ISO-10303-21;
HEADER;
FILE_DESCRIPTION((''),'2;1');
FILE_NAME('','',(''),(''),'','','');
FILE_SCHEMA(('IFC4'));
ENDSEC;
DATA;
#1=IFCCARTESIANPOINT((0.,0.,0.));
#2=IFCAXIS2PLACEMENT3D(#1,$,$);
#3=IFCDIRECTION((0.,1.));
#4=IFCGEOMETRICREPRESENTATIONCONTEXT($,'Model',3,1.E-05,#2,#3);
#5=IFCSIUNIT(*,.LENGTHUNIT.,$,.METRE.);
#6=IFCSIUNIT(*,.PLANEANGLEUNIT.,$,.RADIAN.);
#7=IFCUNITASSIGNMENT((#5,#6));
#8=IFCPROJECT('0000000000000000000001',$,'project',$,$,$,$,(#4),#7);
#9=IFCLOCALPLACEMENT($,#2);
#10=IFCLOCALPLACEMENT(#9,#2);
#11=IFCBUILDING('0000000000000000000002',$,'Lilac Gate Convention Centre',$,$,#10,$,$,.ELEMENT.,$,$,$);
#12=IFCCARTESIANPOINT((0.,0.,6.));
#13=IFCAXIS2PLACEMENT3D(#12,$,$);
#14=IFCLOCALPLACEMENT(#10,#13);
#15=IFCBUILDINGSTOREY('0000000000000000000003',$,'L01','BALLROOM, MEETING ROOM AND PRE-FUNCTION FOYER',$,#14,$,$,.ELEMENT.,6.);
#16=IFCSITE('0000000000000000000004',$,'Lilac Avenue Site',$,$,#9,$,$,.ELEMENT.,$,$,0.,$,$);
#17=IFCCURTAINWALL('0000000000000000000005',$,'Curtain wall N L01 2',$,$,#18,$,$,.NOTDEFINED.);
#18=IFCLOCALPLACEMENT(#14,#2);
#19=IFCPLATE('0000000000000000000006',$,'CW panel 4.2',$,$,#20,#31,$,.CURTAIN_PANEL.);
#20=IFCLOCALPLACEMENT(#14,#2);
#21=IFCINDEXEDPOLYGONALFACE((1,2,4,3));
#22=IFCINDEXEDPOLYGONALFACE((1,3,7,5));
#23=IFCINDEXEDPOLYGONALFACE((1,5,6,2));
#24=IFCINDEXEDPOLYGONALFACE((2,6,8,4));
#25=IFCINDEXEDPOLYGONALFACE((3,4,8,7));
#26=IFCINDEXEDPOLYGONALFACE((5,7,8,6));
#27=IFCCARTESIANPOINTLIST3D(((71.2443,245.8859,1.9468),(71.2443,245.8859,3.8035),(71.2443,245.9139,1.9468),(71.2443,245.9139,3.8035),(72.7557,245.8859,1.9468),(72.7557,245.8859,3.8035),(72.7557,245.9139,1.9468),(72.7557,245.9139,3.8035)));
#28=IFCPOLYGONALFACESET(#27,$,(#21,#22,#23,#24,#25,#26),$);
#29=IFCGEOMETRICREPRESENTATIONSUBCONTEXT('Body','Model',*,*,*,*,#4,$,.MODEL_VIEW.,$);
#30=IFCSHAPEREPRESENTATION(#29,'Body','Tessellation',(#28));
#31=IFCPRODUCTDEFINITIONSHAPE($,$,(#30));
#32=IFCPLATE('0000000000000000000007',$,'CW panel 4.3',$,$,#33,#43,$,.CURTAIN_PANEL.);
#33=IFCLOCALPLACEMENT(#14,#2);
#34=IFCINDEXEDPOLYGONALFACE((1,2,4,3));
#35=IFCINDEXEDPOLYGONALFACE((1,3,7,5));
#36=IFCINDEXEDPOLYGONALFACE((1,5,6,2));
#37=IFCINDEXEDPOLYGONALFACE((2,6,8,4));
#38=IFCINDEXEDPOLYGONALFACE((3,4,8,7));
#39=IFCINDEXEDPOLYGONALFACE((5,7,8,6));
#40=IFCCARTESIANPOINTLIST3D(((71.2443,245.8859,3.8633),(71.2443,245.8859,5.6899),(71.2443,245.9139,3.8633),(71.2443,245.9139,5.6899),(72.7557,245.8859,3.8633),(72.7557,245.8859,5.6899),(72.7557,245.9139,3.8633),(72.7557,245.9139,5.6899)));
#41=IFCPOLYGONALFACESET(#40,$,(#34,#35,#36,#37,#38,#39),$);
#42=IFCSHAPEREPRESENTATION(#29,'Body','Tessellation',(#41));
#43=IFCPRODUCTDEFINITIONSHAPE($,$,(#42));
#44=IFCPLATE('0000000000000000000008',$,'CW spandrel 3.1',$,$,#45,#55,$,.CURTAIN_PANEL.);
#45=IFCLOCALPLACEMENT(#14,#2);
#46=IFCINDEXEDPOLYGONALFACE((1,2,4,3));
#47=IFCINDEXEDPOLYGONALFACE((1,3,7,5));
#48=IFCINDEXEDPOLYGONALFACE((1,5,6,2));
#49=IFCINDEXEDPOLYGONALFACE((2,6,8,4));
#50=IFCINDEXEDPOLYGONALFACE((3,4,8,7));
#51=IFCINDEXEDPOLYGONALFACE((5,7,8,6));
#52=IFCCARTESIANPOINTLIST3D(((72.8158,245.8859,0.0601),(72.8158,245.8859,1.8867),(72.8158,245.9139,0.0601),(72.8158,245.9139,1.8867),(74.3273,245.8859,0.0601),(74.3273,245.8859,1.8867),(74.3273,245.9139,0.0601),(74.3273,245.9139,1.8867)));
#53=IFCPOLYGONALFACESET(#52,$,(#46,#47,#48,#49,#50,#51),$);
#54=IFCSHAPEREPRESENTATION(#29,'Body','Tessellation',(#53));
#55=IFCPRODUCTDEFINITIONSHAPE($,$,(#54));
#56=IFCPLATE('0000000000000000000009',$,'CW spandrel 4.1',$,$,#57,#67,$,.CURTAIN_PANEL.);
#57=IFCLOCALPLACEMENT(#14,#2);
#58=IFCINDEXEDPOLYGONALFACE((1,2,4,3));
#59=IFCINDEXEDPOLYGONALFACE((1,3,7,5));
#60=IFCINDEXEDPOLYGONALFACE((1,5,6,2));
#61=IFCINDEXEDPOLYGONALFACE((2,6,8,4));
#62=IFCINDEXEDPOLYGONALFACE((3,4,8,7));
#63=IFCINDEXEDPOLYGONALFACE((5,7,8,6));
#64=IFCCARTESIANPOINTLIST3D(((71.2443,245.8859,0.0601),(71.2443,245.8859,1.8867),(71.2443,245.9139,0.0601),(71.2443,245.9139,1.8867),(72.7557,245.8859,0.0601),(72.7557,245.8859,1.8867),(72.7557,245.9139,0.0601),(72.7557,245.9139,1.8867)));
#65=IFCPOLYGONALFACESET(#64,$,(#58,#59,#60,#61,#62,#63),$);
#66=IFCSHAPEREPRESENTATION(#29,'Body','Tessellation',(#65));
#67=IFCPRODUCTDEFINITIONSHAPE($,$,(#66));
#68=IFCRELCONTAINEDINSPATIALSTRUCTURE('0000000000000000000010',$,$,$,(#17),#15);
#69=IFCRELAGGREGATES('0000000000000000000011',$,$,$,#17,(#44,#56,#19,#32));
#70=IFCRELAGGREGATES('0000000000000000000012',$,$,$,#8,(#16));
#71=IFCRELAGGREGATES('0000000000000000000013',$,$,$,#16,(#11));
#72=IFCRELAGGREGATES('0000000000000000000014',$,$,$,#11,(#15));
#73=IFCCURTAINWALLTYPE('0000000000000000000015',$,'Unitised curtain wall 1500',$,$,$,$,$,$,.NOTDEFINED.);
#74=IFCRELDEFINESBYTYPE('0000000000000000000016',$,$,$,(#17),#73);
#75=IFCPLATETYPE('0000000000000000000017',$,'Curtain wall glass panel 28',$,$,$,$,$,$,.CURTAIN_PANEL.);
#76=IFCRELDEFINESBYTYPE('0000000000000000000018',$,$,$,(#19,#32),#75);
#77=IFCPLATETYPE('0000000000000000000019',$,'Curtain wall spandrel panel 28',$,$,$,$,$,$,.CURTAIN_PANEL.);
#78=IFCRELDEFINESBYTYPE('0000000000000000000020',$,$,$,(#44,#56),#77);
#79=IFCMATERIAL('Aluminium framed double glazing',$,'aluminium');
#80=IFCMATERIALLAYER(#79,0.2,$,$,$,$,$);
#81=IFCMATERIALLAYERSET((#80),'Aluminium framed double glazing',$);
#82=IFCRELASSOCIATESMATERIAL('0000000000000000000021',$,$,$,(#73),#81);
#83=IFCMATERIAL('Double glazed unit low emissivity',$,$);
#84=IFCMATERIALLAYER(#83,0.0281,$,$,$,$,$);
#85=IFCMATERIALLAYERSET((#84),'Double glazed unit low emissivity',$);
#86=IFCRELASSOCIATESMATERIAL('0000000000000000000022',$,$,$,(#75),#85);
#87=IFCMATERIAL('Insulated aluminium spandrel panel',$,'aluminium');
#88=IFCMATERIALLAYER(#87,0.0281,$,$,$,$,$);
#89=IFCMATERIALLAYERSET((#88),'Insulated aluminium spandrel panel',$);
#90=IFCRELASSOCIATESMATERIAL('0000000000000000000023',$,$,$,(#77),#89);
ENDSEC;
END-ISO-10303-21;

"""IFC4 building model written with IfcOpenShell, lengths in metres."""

from ifc_helpers import new_model, si_unit, direction, frame, origin, origin_2d, place, context, subcontext, project, spatial, rectangle, extrude, material, layer, layer_set, type_object, element, aggregate, save


model = new_model("IFC4")

# Units and contexts
model_context = context("Model", 3, precision=1e-05, world=origin(), true_north=direction((0.0, 1.0)))
body_context = subcontext(model_context, "Body", "Model", "MODEL_VIEW")
ifc_project = project(units=[si_unit("LENGTHUNIT", "METRE"), si_unit("PLANEANGLEUNIT", "RADIAN")], contexts=[model_context])

# Site, building, storey
site_placement = place(None, origin())
site = spatial("IfcSite", under=ifc_project, at=site_placement, Name="Lilac Avenue Site", CompositionType="ELEMENT", RefElevation=0.0)
building_placement = place(site_placement, origin())
building = spatial("IfcBuilding", under=site, at=building_placement, Name="Lilac Gate Convention Centre", CompositionType="ELEMENT")
storey_placement = place(building_placement, frame((0.0, 0.0, 6.0)))
storey = spatial("IfcBuildingStorey", under=building, at=storey_placement, Name="L01", Description="BALLROOM, MEETING ROOM AND PRE-FUNCTION FOYER", CompositionType="ELEMENT", Elevation=6.0)

# Curtain wall, plates
ifc_material_1 = material(Name="Aluminium framed double glazing", Category="aluminium")
ifc_layer_1 = layer(ifc_material_1, 0.2)
ifc_layer_set_1 = layer_set([ifc_layer_1], Name="Aluminium framed double glazing")
curtain_wall_type = type_object("IfcCurtainWallType", Name="Unitised curtain wall 1500", PredefinedType="NOTDEFINED", material=ifc_layer_set_1)
curtain_wall_placement = place(storey_placement, origin())
curtain_wall = element("IfcCurtainWall", 1, at=curtain_wall_placement, inside=storey, type_object=curtain_wall_type, Name="Curtain wall N L01 2", PredefinedType="NOTDEFINED")
ifc_material_2 = material(Name="Double glazed unit low emissivity")
ifc_layer_2 = layer(ifc_material_2, 0.0281)
ifc_layer_set_2 = layer_set([ifc_layer_2], Name="Double glazed unit low emissivity")
plate_type_1 = type_object("IfcPlateType", Name="Curtain wall glass panel 28", PredefinedType="CURTAIN_PANEL", material=ifc_layer_set_2)
plate_1_placement = place(storey_placement, frame((72.0, 245.8999, 1.9468), z_axis=(0.0, 0.0, 1.0), x_axis=(-1.0, 0.0, 0.0)))
plate_1 = element("IfcPlate", 2, at=plate_1_placement, type_object=plate_type_1, Name="CW panel 4.2", PredefinedType="CURTAIN_PANEL", context=body_context, shape_type="SweptSolid", body=[
    extrude(rectangle(XDim=1.5115, YDim=0.0281, at=origin_2d()), origin(), (0.0, 0.0, 1.0), 1.8567),
])
plate_2_placement = place(storey_placement, frame((72.0, 245.8999, 3.8633), z_axis=(0.0, 0.0, 1.0), x_axis=(-1.0, 0.0, 0.0)))
plate_2 = element("IfcPlate", 3, at=plate_2_placement, type_object=plate_type_1, Name="CW panel 4.3", PredefinedType="CURTAIN_PANEL", context=body_context, shape_type="SweptSolid", body=[
    extrude(rectangle(XDim=1.5115, YDim=0.0281, at=origin_2d()), origin(), (0.0, 0.0, 1.0), 1.8267),
])
ifc_material_3 = material(Name="Insulated aluminium spandrel panel", Category="aluminium")
ifc_layer_3 = layer(ifc_material_3, 0.0281)
ifc_layer_set_3 = layer_set([ifc_layer_3], Name="Insulated aluminium spandrel panel")
plate_type_2 = type_object("IfcPlateType", Name="Curtain wall spandrel panel 28", PredefinedType="CURTAIN_PANEL", material=ifc_layer_set_3)
plate_3_placement = place(storey_placement, frame((73.5715, 245.8999, 0.0601), z_axis=(0.0, 0.0, 1.0), x_axis=(-1.0, 0.0, 0.0)))
plate_3 = element("IfcPlate", 4, at=plate_3_placement, type_object=plate_type_2, Name="CW spandrel 3.1", PredefinedType="CURTAIN_PANEL", context=body_context, shape_type="SweptSolid", body=[
    extrude(rectangle(XDim=1.5115, YDim=0.0281, at=origin_2d()), origin(), (0.0, 0.0, 1.0), 1.8267),
])
plate_4_placement = place(storey_placement, frame((72.0, 245.8999, 0.0601), z_axis=(0.0, 0.0, 1.0), x_axis=(-1.0, 0.0, 0.0)))
plate_4 = element("IfcPlate", 5, at=plate_4_placement, type_object=plate_type_2, Name="CW spandrel 4.1", PredefinedType="CURTAIN_PANEL", context=body_context, shape_type="SweptSolid", body=[
    extrude(rectangle(XDim=1.5115, YDim=0.0281, at=origin_2d()), origin(), (0.0, 0.0, 1.0), 1.8267),
])
aggregate(curtain_wall, [plate_3, plate_4, plate_1, plate_2])

save(model, "model.ifc")
